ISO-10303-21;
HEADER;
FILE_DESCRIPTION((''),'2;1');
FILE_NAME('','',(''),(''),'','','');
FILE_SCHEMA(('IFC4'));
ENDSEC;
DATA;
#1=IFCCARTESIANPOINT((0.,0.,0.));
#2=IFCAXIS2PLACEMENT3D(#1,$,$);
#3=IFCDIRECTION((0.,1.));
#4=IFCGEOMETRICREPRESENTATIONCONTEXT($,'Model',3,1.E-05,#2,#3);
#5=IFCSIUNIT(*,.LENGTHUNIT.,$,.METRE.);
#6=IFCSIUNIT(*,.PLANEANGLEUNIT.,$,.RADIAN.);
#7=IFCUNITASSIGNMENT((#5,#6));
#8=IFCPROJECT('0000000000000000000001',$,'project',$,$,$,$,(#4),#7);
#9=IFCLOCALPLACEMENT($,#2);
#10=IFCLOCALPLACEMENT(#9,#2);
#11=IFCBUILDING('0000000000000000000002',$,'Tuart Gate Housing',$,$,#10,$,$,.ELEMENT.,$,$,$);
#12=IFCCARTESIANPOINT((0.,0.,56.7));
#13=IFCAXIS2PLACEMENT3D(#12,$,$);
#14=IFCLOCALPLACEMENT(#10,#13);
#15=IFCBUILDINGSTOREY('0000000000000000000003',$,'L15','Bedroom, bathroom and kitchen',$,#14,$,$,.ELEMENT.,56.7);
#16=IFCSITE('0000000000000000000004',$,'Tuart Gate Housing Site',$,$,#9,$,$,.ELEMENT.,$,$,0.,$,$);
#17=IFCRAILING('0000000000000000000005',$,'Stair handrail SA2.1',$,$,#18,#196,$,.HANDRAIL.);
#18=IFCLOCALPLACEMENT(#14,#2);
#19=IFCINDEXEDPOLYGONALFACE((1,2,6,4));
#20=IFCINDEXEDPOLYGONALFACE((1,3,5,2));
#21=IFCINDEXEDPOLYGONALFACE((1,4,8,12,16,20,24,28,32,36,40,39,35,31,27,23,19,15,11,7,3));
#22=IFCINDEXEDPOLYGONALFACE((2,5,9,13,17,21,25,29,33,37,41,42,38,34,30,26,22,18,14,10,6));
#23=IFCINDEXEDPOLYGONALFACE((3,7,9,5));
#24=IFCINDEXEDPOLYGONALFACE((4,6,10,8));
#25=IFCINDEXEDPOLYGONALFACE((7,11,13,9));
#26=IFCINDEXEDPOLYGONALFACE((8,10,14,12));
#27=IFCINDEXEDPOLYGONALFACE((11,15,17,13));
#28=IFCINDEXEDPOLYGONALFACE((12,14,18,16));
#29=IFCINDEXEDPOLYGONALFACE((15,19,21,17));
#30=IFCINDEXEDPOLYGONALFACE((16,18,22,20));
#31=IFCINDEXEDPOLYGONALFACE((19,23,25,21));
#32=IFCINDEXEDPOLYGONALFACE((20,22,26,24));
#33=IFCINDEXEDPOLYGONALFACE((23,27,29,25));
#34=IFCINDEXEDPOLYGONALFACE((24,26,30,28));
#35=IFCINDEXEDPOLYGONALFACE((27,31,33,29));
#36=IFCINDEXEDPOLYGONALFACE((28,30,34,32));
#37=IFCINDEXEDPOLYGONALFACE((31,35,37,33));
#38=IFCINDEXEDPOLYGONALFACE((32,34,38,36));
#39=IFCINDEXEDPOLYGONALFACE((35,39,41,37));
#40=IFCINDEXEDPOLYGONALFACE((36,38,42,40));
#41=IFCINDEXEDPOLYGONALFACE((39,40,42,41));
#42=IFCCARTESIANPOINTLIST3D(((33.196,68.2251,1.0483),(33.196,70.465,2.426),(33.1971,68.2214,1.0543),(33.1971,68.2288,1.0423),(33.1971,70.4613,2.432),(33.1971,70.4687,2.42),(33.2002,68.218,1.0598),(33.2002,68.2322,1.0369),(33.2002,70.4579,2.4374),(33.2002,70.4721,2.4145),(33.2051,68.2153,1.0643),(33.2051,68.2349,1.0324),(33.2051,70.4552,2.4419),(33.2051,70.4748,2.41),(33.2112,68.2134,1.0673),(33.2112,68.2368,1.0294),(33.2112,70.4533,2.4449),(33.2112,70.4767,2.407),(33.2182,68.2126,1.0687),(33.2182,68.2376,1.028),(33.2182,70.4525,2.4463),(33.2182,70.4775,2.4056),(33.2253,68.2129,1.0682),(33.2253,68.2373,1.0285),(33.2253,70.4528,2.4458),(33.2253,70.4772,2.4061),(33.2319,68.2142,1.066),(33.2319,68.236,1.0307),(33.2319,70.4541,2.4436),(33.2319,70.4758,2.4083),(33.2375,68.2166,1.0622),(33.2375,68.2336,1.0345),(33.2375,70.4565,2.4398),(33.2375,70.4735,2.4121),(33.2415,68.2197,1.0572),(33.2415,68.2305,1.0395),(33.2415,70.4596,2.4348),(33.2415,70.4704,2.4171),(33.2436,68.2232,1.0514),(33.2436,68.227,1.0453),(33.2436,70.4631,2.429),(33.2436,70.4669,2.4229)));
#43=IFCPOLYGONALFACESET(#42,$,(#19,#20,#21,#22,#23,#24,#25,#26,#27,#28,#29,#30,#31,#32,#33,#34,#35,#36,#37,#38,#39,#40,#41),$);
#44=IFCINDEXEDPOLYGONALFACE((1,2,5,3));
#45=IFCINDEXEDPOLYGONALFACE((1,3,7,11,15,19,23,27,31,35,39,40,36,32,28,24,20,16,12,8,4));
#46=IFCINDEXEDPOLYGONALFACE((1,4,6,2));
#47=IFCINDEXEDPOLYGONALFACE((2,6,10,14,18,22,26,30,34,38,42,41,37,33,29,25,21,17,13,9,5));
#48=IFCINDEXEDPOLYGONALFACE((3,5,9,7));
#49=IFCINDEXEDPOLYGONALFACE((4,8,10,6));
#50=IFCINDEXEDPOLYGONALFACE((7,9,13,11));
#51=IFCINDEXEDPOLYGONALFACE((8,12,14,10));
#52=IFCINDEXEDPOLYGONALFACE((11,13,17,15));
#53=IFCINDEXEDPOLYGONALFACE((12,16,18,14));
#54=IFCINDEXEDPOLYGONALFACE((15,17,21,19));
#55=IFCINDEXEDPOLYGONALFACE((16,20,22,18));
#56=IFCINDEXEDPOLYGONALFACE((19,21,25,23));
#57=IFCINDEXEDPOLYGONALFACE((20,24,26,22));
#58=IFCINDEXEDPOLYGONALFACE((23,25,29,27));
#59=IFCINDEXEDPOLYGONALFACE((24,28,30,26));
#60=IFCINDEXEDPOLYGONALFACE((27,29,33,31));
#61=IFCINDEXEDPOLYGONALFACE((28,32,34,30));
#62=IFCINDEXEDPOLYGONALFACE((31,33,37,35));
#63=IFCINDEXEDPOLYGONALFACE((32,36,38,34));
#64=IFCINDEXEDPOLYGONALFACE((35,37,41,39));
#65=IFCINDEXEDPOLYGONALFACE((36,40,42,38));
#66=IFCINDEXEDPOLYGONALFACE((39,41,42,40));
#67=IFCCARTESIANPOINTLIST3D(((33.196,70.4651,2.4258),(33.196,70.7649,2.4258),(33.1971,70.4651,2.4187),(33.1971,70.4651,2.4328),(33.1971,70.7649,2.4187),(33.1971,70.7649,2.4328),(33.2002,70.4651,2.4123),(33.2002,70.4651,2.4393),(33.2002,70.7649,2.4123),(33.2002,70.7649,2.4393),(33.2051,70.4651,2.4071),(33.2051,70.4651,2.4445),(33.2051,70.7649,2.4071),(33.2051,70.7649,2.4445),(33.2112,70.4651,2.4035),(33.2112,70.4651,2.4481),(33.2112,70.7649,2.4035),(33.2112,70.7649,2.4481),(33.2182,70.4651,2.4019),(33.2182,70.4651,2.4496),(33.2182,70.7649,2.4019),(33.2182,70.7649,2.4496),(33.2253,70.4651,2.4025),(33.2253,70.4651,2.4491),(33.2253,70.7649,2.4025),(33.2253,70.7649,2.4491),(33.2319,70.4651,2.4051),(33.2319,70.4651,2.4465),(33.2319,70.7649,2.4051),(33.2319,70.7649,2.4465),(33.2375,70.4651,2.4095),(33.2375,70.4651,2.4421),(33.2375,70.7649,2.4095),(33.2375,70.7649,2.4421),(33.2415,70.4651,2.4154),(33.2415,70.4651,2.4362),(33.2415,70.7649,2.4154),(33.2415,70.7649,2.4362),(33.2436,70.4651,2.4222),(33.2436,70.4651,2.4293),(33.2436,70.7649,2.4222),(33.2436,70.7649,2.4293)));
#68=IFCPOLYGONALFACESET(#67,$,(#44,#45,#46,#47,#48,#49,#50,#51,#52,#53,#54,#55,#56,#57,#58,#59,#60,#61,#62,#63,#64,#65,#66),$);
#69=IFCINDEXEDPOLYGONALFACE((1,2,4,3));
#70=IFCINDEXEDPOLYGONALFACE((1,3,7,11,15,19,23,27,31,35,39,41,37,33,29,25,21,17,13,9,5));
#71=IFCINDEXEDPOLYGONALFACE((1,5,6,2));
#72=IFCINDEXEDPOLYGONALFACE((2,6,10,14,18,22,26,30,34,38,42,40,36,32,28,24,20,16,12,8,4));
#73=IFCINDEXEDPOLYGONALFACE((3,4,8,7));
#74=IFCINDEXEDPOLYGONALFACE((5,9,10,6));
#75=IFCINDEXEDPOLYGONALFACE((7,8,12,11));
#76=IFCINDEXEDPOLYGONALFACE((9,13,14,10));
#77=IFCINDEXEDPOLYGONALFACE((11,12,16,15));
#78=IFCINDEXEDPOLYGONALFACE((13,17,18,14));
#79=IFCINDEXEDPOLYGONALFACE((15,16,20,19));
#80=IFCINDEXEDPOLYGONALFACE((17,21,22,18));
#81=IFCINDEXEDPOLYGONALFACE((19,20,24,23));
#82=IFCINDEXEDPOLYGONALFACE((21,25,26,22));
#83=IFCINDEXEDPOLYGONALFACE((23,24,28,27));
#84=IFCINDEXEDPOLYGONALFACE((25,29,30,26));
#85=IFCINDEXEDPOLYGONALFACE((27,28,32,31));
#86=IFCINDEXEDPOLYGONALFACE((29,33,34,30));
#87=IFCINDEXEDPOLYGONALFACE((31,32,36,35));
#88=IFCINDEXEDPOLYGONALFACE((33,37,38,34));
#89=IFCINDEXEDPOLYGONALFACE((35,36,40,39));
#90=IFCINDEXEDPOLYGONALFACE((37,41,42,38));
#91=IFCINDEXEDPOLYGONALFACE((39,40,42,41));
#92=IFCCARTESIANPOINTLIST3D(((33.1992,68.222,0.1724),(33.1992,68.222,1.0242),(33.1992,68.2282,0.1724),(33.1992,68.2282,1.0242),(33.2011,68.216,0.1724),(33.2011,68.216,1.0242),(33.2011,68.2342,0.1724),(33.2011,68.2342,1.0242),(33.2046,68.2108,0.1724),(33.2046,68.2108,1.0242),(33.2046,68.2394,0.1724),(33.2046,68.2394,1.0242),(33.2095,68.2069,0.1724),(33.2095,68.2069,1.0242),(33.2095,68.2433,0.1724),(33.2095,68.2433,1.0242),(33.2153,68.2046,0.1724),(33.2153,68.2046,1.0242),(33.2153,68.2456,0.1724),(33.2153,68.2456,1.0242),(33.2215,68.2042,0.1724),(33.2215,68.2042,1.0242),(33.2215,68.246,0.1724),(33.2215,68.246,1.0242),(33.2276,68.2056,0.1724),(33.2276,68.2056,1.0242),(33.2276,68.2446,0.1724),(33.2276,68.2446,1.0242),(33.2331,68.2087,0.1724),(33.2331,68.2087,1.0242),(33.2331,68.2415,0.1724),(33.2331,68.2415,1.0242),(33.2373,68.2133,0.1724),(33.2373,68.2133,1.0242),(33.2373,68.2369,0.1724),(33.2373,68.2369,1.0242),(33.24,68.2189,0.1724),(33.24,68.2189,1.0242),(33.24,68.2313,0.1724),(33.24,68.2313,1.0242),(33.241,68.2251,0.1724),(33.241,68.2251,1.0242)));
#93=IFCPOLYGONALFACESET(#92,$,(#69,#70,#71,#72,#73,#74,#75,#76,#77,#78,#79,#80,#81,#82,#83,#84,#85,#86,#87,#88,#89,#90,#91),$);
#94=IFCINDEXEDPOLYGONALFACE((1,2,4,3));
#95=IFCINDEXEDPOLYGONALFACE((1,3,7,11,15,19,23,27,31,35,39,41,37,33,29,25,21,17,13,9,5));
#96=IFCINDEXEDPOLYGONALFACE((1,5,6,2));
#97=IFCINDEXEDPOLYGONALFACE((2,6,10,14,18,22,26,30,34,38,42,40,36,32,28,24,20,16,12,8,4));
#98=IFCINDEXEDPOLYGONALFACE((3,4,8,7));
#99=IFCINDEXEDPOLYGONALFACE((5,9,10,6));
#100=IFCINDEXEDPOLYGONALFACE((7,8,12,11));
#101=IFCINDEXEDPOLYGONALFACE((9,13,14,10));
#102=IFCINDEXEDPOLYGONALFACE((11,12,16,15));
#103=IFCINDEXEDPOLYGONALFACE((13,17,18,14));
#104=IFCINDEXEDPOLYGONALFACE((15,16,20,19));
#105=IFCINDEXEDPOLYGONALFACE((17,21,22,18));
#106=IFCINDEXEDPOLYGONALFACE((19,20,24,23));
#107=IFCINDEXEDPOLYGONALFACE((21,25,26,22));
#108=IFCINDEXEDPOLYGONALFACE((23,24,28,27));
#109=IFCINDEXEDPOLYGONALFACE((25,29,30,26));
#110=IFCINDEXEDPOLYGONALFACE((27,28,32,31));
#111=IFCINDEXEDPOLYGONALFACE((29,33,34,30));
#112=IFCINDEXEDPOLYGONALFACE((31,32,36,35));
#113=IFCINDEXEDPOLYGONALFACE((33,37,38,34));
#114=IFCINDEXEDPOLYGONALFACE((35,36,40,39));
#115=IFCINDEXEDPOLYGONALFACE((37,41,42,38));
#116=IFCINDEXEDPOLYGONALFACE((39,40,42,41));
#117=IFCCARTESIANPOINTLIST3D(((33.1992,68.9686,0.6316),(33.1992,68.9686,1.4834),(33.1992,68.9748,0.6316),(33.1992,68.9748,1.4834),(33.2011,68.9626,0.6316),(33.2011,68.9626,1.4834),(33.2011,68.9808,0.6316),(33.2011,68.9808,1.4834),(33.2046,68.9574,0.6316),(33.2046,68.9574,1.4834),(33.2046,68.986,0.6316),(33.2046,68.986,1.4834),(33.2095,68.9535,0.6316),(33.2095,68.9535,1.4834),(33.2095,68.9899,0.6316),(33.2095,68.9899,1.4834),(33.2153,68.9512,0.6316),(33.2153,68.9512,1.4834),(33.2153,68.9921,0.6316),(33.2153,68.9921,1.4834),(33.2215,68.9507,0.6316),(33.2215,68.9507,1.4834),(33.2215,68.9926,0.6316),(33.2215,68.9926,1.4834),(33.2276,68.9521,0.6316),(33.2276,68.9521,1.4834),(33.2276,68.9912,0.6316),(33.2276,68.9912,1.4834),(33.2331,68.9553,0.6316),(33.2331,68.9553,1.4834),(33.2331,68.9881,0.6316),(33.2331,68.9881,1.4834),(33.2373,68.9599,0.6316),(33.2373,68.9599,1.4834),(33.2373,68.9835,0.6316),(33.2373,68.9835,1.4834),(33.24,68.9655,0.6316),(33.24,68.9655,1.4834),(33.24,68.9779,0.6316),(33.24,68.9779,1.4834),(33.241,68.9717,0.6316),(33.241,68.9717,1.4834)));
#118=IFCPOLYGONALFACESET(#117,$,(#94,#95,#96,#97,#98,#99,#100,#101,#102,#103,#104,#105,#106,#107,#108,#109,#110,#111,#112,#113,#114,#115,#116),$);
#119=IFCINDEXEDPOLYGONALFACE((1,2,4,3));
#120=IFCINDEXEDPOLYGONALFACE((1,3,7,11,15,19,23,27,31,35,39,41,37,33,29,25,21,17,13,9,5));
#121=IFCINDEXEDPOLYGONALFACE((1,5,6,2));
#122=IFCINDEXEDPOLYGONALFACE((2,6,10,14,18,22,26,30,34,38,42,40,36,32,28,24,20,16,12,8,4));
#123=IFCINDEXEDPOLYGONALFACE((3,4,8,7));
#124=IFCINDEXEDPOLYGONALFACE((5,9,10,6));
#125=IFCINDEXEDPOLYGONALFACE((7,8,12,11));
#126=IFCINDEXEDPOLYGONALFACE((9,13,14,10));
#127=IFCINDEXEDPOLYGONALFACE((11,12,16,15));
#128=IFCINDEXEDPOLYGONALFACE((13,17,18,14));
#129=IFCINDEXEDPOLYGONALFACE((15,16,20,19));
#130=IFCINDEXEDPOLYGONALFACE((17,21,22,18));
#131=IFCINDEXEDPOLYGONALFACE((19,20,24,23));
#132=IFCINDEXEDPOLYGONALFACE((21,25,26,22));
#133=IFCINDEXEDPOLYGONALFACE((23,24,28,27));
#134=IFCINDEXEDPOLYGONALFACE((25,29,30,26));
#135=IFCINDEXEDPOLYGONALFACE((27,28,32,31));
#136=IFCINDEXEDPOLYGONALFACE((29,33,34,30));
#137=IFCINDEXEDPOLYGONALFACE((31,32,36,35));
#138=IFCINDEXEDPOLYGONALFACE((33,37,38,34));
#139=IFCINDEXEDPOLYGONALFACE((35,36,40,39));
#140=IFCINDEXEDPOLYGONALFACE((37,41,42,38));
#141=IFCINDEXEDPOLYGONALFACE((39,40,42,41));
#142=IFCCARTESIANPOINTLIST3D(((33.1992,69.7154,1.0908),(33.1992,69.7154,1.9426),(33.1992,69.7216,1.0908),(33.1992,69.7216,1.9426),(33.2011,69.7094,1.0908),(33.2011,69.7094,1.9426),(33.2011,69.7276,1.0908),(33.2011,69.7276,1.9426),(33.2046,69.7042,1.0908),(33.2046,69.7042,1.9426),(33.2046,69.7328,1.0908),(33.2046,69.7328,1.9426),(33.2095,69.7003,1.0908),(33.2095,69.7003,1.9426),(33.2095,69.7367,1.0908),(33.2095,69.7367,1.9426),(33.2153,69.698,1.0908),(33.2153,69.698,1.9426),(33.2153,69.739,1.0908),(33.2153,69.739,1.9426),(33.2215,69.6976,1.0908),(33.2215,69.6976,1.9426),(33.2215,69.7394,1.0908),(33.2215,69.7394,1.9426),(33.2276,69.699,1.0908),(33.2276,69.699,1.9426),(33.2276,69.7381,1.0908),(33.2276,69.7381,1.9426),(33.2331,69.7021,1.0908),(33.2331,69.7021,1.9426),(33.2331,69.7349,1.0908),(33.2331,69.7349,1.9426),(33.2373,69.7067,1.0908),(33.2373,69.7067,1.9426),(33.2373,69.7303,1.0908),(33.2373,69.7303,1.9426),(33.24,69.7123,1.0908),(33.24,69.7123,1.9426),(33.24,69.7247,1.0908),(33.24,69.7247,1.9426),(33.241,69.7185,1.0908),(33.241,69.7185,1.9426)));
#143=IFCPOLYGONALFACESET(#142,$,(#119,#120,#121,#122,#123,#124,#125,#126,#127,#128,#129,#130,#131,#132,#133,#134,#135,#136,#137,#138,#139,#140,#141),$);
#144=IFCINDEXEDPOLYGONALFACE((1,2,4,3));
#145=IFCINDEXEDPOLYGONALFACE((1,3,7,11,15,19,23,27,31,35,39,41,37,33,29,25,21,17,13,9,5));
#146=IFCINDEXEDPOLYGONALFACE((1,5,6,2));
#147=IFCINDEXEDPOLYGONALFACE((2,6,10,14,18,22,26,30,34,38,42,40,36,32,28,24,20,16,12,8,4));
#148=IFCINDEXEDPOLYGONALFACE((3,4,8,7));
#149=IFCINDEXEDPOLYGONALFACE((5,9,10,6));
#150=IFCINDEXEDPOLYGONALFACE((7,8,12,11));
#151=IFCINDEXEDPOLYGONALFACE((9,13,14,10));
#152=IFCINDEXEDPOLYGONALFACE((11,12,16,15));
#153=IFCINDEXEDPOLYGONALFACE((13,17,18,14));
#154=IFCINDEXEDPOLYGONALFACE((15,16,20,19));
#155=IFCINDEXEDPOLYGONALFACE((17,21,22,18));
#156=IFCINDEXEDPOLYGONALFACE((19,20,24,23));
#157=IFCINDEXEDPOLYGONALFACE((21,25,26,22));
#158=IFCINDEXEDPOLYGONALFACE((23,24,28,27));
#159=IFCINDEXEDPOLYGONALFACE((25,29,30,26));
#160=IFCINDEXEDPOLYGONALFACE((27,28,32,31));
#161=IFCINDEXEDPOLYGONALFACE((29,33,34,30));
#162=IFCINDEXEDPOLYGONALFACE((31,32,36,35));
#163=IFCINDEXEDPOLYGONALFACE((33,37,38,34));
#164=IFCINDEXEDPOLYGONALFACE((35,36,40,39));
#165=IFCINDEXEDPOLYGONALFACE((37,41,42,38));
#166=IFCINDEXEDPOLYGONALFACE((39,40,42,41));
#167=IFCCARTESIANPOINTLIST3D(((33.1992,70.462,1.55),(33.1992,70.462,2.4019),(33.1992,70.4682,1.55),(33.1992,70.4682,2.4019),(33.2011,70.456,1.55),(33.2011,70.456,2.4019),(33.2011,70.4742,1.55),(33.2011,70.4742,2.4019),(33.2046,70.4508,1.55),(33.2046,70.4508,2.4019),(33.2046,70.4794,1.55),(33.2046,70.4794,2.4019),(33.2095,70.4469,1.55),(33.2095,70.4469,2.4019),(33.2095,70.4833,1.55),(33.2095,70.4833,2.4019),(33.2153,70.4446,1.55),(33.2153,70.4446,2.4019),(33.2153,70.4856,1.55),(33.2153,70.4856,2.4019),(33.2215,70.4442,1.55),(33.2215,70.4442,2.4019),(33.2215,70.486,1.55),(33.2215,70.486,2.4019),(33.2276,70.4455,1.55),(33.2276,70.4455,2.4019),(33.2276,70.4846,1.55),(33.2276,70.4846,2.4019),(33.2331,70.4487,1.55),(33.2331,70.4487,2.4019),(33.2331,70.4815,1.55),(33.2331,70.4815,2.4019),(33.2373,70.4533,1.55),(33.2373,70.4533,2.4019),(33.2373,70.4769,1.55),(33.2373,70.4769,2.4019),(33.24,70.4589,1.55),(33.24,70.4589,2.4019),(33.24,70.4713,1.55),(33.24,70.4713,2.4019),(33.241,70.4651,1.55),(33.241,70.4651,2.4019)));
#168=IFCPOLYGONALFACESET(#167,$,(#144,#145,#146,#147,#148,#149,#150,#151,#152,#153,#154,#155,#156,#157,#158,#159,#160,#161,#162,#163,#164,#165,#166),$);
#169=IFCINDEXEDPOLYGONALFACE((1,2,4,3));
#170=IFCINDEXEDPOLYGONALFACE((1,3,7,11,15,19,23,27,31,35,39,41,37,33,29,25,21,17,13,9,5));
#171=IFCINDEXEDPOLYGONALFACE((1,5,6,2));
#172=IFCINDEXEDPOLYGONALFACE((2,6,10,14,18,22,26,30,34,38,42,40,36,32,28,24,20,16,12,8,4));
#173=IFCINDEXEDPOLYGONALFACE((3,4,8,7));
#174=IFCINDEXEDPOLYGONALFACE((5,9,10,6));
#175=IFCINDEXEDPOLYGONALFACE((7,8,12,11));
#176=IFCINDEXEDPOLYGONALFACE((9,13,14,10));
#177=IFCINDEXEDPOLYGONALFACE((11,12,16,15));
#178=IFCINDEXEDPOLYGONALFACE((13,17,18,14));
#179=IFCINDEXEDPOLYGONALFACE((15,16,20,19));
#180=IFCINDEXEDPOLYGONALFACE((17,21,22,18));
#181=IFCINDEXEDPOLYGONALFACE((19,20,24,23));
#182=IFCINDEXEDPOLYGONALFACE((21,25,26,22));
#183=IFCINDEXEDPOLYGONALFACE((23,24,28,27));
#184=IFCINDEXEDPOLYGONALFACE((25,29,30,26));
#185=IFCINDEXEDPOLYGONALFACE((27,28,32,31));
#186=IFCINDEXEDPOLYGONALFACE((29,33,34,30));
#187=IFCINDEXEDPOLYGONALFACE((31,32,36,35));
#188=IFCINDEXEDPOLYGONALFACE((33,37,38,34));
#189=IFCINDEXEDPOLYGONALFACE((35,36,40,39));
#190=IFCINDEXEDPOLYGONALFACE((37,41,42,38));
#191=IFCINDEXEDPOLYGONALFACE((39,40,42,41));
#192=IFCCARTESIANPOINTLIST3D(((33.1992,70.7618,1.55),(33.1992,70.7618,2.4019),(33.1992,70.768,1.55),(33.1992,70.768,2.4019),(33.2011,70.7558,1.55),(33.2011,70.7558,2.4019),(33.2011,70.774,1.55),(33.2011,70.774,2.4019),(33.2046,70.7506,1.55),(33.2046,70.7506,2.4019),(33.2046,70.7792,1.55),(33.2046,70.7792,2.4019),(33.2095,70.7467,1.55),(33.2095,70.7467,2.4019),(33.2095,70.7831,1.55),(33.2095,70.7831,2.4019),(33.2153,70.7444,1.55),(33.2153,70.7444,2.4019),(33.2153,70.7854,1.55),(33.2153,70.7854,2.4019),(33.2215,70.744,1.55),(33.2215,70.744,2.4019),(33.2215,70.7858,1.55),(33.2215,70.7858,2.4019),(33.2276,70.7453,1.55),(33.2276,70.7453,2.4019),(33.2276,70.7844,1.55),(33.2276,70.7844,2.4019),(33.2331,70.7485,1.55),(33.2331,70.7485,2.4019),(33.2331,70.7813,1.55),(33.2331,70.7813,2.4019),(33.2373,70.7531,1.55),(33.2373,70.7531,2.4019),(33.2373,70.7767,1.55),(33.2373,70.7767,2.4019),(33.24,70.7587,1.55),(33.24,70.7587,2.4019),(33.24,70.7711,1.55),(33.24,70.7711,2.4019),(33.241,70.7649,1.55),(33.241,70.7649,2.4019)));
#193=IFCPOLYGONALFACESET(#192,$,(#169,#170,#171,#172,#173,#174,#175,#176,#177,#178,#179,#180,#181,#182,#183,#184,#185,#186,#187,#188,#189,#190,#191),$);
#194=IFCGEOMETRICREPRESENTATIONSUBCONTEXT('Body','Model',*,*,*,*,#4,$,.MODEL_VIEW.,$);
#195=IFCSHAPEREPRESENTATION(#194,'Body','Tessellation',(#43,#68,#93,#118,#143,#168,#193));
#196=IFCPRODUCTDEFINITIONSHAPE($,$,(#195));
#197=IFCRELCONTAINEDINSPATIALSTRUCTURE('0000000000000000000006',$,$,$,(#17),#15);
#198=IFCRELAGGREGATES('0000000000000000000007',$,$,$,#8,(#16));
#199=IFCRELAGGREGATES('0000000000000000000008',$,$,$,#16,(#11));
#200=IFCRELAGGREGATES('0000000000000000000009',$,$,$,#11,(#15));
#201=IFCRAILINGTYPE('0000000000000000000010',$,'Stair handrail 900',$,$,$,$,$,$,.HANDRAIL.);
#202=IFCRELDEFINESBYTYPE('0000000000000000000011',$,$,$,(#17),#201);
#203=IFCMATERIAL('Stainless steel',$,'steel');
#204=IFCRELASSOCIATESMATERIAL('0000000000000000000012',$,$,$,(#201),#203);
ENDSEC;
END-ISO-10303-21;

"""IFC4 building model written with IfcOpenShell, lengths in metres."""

from ifc_helpers import new_model, si_unit, direction, frame, origin, origin_2d, place, context, subcontext, project, spatial, circle, extrude, material, type_object, element, save


model = new_model("IFC4")

# Units and contexts
model_context = context("Model", 3, precision=1e-05, world=origin(), true_north=direction((0.0, 1.0)))
body_context = subcontext(model_context, "Body", "Model", "MODEL_VIEW")
ifc_project = project(units=[si_unit("LENGTHUNIT", "METRE"), si_unit("PLANEANGLEUNIT", "RADIAN")], contexts=[model_context])

# Site, building, storey
site_placement = place(None, origin())
site = spatial("IfcSite", under=ifc_project, at=site_placement, Name="Tuart Gate Housing Site", CompositionType="ELEMENT", RefElevation=0.0)
building_placement = place(site_placement, origin())
building = spatial("IfcBuilding", under=site, at=building_placement, Name="Tuart Gate Housing", CompositionType="ELEMENT")
storey_placement = place(building_placement, frame((0.0, 0.0, 56.7)))
storey = spatial("IfcBuildingStorey", under=building, at=storey_placement, Name="L15", Description="Bedroom, bathroom and kitchen", CompositionType="ELEMENT", Elevation=56.7)

# Railing
ifc_material_1 = material(Name="Stainless steel", Category="steel")
railing_type = type_object("IfcRailingType", Name="Stair handrail 900", PredefinedType="HANDRAIL", material=ifc_material_1)
railing_placement = place(storey_placement, frame((33.22, 68.2251, 0.1724)))
element("IfcRailing", 1, at=railing_placement, inside=storey, type_object=railing_type, Name="Stair handrail SA2.1", PredefinedType="HANDRAIL", context=body_context, shape_type="SweptSolid", body=[
    extrude(circle(Radius=0.0239, at=origin_2d()), frame((0.0, 0.0, 0.876), z_axis=(0.0, 0.851789, 0.523885), x_axis=(-1.0, 0.0, 0.0)), (0.0, 0.0, 1.0), 2.6296),
    extrude(circle(Radius=0.0239, at=origin_2d()), frame((0.0, 2.24, 2.2534), z_axis=(0.0, 1.0, 0.0), x_axis=(-1.0, 0.0, 0.0)), (0.0, 0.0, 1.0), 0.2998),
    extrude(circle(Radius=0.021, at=origin_2d()), origin(), (0.0, 0.0, 1.0), 0.8518),
    extrude(circle(Radius=0.021, at=origin_2d()), frame((0.0, 0.7466, 0.4592)), (0.0, 0.0, 1.0), 0.8518),
    extrude(circle(Radius=0.021, at=origin_2d()), frame((0.0, 1.4934, 0.9185)), (0.0, 0.0, 1.0), 0.8518),
    extrude(circle(Radius=0.021, at=origin_2d()), frame((0.0, 2.24, 1.3777)), (0.0, 0.0, 1.0), 0.8518),
    extrude(circle(Radius=0.021, at=origin_2d()), frame((0.0, 2.5398, 1.3777)), (0.0, 0.0, 1.0), 0.8518),
])

save(model, "model.ifc")
